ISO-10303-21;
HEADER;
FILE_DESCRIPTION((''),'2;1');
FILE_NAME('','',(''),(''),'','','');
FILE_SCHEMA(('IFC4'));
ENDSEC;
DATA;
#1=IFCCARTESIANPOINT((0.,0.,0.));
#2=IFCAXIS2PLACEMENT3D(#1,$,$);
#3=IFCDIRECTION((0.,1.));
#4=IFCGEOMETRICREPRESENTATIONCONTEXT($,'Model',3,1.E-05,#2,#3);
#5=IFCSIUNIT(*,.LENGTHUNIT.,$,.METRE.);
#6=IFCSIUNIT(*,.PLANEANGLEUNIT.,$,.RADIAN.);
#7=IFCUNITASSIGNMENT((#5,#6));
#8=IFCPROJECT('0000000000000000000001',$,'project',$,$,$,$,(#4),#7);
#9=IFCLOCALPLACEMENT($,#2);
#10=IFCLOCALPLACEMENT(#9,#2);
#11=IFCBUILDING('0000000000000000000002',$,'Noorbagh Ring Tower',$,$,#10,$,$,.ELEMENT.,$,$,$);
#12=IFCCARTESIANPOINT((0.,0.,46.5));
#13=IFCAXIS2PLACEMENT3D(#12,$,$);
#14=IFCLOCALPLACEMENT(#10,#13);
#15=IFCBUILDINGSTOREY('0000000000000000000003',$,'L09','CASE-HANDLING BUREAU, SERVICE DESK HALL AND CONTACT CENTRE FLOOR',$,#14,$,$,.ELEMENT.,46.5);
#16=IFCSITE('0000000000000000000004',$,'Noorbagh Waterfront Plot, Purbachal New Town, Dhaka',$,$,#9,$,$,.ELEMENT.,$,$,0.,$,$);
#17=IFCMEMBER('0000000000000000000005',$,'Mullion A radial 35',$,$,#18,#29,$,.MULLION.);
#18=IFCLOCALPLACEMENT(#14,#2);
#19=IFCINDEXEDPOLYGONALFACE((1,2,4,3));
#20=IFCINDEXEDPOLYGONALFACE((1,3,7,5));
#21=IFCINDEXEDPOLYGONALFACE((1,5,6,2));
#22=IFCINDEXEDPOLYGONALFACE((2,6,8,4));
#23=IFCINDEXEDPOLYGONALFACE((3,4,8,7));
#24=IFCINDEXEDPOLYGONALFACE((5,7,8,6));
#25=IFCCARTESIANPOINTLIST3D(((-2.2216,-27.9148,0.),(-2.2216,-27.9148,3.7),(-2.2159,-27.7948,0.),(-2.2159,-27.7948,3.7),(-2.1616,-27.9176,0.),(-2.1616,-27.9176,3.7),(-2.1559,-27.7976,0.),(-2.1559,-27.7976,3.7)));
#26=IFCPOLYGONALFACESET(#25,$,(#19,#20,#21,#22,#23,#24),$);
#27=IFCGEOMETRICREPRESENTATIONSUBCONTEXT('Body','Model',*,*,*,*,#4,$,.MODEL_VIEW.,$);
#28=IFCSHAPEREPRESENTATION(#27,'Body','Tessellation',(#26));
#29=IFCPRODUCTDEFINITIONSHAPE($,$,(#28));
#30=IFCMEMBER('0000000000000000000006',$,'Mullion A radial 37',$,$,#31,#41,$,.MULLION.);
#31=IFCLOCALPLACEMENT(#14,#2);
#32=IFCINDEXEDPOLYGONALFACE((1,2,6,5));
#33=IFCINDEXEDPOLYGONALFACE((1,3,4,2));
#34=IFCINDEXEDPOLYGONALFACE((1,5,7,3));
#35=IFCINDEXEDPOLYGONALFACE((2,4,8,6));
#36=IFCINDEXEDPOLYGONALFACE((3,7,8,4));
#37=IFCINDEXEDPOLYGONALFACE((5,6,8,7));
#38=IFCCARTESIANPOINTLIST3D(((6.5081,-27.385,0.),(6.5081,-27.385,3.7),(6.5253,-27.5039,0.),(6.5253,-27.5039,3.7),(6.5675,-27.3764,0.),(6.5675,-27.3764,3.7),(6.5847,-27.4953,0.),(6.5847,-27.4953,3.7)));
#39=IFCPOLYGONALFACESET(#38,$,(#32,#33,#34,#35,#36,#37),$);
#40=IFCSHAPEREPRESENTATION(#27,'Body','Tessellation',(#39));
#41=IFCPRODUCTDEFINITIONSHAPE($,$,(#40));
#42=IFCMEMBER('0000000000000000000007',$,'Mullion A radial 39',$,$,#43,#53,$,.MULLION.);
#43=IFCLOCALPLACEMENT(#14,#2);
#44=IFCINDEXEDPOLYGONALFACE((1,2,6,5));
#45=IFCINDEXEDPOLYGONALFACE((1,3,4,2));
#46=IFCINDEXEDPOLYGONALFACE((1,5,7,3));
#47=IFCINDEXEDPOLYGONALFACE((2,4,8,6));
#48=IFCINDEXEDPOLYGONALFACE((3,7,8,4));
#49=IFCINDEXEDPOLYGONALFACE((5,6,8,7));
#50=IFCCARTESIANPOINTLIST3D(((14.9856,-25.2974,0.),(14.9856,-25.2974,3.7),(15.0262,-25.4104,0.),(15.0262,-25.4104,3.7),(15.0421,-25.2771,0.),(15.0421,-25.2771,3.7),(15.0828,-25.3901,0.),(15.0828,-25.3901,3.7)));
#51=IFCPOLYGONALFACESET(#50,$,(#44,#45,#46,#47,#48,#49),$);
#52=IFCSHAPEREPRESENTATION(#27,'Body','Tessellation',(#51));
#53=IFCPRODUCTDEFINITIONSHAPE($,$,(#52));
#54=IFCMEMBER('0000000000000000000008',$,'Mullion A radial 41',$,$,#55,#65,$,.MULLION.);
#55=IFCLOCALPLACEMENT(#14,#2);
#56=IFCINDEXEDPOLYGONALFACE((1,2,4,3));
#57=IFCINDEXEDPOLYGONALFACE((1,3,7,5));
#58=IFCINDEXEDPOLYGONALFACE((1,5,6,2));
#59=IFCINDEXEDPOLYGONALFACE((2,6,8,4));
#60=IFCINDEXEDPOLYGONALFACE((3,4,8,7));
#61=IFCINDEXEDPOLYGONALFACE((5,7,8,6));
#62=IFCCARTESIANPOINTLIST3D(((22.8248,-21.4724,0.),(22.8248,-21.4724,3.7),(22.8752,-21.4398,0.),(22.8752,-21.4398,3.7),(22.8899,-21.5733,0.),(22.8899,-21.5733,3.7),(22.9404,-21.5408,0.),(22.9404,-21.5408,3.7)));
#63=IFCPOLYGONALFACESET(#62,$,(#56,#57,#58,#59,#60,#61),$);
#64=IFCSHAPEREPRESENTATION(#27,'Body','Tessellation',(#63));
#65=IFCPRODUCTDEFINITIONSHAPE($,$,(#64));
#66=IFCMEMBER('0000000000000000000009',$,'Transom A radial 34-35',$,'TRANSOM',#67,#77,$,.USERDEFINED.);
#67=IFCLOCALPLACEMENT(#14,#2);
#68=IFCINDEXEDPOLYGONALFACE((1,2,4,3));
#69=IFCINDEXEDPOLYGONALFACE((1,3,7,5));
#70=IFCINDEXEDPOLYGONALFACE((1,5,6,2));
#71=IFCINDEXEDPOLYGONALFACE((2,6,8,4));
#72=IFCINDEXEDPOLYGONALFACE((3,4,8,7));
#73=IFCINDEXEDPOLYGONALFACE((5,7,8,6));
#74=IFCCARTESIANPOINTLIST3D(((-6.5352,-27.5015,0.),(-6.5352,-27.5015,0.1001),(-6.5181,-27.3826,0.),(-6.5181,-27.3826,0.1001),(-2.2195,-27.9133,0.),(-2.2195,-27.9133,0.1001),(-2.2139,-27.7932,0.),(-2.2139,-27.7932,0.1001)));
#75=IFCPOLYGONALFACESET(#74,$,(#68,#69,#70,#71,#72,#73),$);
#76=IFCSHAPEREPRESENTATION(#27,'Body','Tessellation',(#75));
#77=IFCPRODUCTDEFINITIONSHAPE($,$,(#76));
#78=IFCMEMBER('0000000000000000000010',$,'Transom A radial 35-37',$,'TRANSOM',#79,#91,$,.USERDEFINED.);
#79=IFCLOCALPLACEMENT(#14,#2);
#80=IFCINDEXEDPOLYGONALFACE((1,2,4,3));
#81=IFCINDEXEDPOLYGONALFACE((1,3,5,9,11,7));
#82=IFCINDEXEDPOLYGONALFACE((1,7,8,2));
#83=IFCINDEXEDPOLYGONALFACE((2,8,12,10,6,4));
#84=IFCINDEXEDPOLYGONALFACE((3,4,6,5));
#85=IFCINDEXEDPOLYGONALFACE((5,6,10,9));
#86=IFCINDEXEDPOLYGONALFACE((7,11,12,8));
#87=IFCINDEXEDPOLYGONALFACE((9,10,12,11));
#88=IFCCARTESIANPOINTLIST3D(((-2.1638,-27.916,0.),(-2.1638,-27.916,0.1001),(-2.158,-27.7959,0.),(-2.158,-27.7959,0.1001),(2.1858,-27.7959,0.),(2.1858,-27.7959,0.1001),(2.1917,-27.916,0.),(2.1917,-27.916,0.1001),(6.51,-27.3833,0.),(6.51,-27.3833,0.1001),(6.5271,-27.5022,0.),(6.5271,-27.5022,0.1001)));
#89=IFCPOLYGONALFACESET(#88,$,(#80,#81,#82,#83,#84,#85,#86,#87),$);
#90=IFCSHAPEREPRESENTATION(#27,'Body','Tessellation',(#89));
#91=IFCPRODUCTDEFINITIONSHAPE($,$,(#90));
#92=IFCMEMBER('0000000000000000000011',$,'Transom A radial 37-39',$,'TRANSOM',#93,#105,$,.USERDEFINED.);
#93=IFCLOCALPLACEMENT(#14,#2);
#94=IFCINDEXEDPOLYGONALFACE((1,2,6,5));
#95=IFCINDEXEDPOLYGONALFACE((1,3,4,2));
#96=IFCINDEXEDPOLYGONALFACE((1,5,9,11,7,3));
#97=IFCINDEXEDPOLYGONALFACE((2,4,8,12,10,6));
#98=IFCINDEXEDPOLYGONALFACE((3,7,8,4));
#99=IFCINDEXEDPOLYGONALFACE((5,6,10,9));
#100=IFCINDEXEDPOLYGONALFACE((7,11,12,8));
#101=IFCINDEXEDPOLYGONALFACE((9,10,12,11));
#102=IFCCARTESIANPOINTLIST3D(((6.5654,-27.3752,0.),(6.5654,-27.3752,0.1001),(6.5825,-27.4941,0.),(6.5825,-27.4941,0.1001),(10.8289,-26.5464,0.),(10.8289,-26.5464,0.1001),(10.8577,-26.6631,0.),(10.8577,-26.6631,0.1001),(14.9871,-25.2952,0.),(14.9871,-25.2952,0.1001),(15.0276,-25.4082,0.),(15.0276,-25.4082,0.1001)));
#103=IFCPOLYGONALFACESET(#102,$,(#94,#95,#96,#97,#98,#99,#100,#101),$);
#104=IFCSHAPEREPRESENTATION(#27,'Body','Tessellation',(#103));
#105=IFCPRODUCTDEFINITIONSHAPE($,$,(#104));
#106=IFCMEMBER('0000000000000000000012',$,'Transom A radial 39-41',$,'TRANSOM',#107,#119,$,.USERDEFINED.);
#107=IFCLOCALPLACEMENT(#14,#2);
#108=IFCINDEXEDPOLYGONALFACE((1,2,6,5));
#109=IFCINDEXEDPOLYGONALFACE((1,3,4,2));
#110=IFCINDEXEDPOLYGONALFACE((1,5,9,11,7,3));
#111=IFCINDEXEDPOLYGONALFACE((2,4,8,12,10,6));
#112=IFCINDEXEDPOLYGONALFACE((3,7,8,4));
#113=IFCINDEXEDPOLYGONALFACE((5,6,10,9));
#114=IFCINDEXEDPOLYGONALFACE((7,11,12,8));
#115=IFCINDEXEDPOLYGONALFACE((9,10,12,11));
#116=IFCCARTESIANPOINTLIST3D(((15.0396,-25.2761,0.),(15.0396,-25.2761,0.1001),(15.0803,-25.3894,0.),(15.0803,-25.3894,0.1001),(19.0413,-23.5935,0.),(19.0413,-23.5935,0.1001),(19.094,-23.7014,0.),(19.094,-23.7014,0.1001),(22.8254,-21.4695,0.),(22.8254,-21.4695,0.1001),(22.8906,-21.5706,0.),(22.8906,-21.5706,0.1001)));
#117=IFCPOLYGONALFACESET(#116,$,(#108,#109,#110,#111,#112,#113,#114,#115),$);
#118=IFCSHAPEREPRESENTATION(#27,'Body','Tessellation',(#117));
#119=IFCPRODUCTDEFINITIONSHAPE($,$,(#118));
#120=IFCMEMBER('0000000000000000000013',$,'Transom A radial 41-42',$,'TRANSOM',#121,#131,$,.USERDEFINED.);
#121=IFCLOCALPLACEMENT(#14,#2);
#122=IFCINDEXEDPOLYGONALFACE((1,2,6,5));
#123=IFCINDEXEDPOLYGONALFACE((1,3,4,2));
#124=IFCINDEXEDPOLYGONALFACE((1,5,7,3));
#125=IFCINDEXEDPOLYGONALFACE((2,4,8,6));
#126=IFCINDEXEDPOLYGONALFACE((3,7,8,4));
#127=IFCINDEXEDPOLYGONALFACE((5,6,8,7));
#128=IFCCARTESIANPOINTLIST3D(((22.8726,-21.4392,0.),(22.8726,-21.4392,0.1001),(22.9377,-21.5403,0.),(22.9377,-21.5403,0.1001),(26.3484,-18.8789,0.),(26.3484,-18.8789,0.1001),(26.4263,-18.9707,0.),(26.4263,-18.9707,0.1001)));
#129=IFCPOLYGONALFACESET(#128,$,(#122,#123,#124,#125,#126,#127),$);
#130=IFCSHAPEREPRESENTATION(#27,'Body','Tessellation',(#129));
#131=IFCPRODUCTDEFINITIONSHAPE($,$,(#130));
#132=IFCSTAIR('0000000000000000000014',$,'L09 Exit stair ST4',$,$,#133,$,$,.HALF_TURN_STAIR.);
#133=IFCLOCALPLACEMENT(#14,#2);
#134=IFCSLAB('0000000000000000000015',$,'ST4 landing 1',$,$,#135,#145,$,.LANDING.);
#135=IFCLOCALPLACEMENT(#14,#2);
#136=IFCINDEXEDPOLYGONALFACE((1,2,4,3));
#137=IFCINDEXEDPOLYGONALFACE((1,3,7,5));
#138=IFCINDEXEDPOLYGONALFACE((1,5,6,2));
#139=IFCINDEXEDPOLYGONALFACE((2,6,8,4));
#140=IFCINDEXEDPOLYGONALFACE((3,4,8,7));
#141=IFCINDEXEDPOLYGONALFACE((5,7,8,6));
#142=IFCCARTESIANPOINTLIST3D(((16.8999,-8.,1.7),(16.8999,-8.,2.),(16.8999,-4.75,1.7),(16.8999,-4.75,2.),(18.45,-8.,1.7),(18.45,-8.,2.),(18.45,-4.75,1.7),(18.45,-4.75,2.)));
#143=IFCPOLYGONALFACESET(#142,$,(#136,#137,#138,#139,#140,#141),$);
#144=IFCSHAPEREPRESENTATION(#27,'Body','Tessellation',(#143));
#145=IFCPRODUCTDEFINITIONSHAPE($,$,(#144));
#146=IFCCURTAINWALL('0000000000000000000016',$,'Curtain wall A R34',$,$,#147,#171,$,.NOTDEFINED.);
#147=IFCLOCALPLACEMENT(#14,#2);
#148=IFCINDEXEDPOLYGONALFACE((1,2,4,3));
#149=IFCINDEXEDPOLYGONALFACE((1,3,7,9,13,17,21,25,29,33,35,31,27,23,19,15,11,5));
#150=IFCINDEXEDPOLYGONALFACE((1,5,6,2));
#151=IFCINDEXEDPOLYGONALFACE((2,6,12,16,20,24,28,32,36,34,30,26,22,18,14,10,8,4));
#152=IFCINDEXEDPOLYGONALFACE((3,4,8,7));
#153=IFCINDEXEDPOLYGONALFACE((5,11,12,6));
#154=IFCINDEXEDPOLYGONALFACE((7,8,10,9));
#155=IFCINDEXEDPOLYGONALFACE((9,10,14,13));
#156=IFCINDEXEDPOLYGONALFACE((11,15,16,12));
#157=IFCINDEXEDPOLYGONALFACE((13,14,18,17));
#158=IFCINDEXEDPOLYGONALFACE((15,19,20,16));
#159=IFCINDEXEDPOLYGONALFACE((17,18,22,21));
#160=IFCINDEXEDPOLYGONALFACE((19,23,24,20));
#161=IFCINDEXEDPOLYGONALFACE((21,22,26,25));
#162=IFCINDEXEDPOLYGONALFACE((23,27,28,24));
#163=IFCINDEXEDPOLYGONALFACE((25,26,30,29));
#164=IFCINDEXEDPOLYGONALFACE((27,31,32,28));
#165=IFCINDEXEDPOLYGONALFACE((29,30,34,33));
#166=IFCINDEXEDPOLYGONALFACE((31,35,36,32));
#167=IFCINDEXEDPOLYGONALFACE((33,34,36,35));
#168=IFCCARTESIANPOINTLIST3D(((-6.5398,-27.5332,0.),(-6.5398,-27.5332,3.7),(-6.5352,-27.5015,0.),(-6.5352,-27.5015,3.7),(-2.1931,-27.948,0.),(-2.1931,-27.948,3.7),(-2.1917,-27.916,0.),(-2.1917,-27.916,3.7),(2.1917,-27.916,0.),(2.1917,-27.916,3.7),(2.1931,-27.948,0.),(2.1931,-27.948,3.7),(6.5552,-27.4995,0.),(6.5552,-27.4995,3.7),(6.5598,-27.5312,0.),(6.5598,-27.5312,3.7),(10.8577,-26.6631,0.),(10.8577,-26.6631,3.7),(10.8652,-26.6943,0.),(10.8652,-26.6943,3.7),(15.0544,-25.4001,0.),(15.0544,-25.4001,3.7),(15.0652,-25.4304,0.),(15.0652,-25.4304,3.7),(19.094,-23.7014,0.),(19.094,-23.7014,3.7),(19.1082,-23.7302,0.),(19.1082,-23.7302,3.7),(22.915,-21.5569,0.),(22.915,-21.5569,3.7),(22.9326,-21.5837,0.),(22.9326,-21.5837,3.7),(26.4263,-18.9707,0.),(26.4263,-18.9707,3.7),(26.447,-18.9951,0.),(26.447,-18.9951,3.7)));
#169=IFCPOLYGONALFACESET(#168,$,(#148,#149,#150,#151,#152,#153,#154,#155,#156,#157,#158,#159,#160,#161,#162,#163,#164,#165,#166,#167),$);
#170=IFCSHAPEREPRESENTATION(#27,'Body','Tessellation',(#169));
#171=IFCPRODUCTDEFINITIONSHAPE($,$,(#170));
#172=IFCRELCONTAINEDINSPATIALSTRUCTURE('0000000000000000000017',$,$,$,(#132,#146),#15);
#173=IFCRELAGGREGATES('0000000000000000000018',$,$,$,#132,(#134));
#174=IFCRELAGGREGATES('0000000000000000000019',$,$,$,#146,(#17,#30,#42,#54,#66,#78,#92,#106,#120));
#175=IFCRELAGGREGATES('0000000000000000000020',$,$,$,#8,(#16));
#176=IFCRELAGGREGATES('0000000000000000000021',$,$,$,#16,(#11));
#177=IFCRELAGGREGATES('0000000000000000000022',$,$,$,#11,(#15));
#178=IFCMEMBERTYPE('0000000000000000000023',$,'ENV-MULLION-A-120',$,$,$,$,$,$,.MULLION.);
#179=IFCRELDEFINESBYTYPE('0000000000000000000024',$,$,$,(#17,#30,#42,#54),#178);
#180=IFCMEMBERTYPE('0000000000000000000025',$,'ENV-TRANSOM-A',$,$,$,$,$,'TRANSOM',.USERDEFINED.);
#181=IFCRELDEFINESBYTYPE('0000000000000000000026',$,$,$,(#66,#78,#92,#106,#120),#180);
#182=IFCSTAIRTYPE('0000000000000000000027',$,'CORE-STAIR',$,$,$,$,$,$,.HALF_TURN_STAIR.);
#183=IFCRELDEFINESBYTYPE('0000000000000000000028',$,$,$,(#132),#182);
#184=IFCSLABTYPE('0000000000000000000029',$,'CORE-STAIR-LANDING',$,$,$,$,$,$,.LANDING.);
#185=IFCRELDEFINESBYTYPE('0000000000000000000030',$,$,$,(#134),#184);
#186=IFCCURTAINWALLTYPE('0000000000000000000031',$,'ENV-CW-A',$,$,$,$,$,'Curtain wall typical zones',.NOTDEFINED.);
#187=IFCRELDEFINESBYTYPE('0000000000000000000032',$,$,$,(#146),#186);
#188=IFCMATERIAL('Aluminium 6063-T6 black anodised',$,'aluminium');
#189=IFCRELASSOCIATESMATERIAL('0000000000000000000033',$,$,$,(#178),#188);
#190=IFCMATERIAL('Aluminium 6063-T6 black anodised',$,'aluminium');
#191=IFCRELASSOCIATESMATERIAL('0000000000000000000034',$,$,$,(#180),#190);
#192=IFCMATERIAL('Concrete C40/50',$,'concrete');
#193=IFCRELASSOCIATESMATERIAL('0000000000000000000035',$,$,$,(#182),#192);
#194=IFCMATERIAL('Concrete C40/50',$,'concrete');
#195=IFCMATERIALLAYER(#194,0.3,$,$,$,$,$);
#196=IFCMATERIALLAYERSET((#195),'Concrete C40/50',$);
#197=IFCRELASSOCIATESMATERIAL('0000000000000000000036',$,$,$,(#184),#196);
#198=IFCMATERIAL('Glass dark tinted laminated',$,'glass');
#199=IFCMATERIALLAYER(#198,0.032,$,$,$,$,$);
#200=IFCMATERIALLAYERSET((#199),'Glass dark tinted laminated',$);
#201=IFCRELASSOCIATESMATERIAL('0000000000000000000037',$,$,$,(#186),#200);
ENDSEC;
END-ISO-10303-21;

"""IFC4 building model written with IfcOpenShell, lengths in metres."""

from ifc_helpers import new_model, si_unit, direction, frame, origin, origin_2d, place, context, subcontext, project, spatial, polyline, rectangle, outline, extrude, material, layer, layer_set, material_profile, profile_set, type_object, element, aggregate, save


model = new_model("IFC4")

# Units and contexts
model_context = context("Model", 3, precision=1e-05, world=origin(), true_north=direction((0.0, 1.0)))
body_context = subcontext(model_context, "Body", "Model", "MODEL_VIEW")
ifc_project = project(units=[si_unit("LENGTHUNIT", "METRE"), si_unit("PLANEANGLEUNIT", "RADIAN")], contexts=[model_context])

# Site, building, storey
site_placement = place(None, origin())
site = spatial("IfcSite", under=ifc_project, at=site_placement, Name="Noorbagh Waterfront Plot, Purbachal New Town, Dhaka", CompositionType="ELEMENT", RefElevation=0.0)
building_placement = place(site_placement, origin())
building = spatial("IfcBuilding", under=site, at=building_placement, Name="Noorbagh Ring Tower", CompositionType="ELEMENT")
storey_placement = place(building_placement, frame((0.0, 0.0, 46.5)))
storey = spatial("IfcBuildingStorey", under=building, at=storey_placement, Name="L09", Description="CASE-HANDLING BUREAU, SERVICE DESK HALL AND CONTACT CENTRE FLOOR", CompositionType="ELEMENT", Elevation=46.5)

# Members
ifc_material_1 = material(Name="Aluminium 6063-T6 black anodised", Category="aluminium")
ifc_material_profile_1 = material_profile(ifc_material_1, rectangle(XDim=0.1201, YDim=0.0601, at=origin_2d()), Name="120x60")
ifc_profile_set_1 = profile_set([ifc_material_profile_1], Name="Aluminium 6063-T6 black anodised")
member_type_1 = type_object("IfcMemberType", Name="ENV-MULLION-A-120", PredefinedType="MULLION", material=ifc_profile_set_1)
member_1_placement = place(storey_placement, frame((-2.1887, -27.8562, 0.0), z_axis=(0.0, 0.0, 1.0), x_axis=(0.047558, 0.998868, 0.0)))
member_1 = element("IfcMember", 1, at=member_1_placement, type_object=member_type_1, Name="Mullion A radial 35", PredefinedType="MULLION", context=body_context, shape_type="SweptSolid", body=[
    extrude(rectangle(XDim=0.1201, YDim=0.0601, at=origin_2d()), origin(), (0.0, 0.0, 1.0), 3.7),
])
member_2_placement = place(storey_placement, frame((6.5464, -27.4402, 0.0), z_axis=(0.0, 0.0, 1.0), x_axis=(-0.143082, 0.989711, 0.0)))
member_2 = element("IfcMember", 2, at=member_2_placement, type_object=member_type_1, Name="Mullion A radial 37", PredefinedType="MULLION", context=body_context, shape_type="SweptSolid", body=[
    extrude(rectangle(XDim=0.1201, YDim=0.0601, at=origin_2d()), origin(), (0.0, 0.0, 1.0), 3.7),
])
member_3_placement = place(storey_placement, frame((15.0342, -25.3438, 0.0), z_axis=(0.0, 0.0, 1.0), x_axis=(-0.338379, 0.94101, 0.0)))
member_3 = element("IfcMember", 3, at=member_3_placement, type_object=member_type_1, Name="Mullion A radial 39", PredefinedType="MULLION", context=body_context, shape_type="SweptSolid", body=[
    extrude(rectangle(XDim=0.1201, YDim=0.0601, at=origin_2d()), origin(), (0.0, 0.0, 1.0), 3.7),
])
member_4_placement = place(storey_placement, frame((22.8826, -21.5066, 0.0), z_axis=(0.0, 0.0, 1.0), x_axis=(-0.542279, 0.840198, 0.0)))
member_4 = element("IfcMember", 4, at=member_4_placement, type_object=member_type_1, Name="Mullion A radial 41", PredefinedType="MULLION", context=body_context, shape_type="SweptSolid", body=[
    extrude(rectangle(XDim=0.1201, YDim=0.0601, at=origin_2d()), origin(), (0.0, 0.0, 1.0), 3.7),
])
ifc_material_2 = material(Name="Aluminium 6063-T6 black anodised", Category="aluminium")
member_type_2 = type_object("IfcMemberType", Name="ENV-TRANSOM-A", ElementType="TRANSOM", PredefinedType="USERDEFINED", material=ifc_material_2)
member_5_placement = place(storey_placement, origin())
member_5 = element("IfcMember", 5, at=member_5_placement, type_object=member_type_2, Name="Transom A radial 34-35", ObjectType="TRANSOM", PredefinedType="USERDEFINED", context=body_context, shape_type="SweptSolid", body=[
    extrude(outline(polyline([(-6.5352, -27.5015), (-2.2195, -27.9133), (-2.2139, -27.7932), (-6.5181, -27.3826), (-6.5352, -27.5015)])), origin(), (0.0, 0.0, 1.0), 0.1001),
])
member_6_placement = place(storey_placement, origin())
member_6 = element("IfcMember", 6, at=member_6_placement, type_object=member_type_2, Name="Transom A radial 35-37", ObjectType="TRANSOM", PredefinedType="USERDEFINED", context=body_context, shape_type="SweptSolid", body=[
    extrude(outline(polyline([(-2.1638, -27.916), (2.1917, -27.916), (6.5271, -27.5022), (6.51, -27.3833), (2.1858, -27.7959), (-2.158, -27.7959), (-2.1638, -27.916)])), origin(), (0.0, 0.0, 1.0), 0.1001),
])
member_7_placement = place(storey_placement, origin())
member_7 = element("IfcMember", 7, at=member_7_placement, type_object=member_type_2, Name="Transom A radial 37-39", ObjectType="TRANSOM", PredefinedType="USERDEFINED", context=body_context, shape_type="SweptSolid", body=[
    extrude(outline(polyline([(6.5825, -27.4941), (10.8577, -26.6631), (15.0276, -25.4082), (14.9871, -25.2952), (10.8289, -26.5464), (6.5654, -27.3752), (6.5825, -27.4941)])), origin(), (0.0, 0.0, 1.0), 0.1001),
])
member_8_placement = place(storey_placement, origin())
member_8 = element("IfcMember", 8, at=member_8_placement, type_object=member_type_2, Name="Transom A radial 39-41", ObjectType="TRANSOM", PredefinedType="USERDEFINED", context=body_context, shape_type="SweptSolid", body=[
    extrude(outline(polyline([(15.0803, -25.3894), (19.094, -23.7014), (22.8906, -21.5706), (22.8254, -21.4695), (19.0413, -23.5935), (15.0396, -25.2761), (15.0803, -25.3894)])), origin(), (0.0, 0.0, 1.0), 0.1001),
])
member_9_placement = place(storey_placement, origin())
member_9 = element("IfcMember", 9, at=member_9_placement, type_object=member_type_2, Name="Transom A radial 41-42", ObjectType="TRANSOM", PredefinedType="USERDEFINED", context=body_context, shape_type="SweptSolid", body=[
    extrude(outline(polyline([(22.9377, -21.5403), (26.4263, -18.9707), (26.3484, -18.8789), (22.8726, -21.4392), (22.9377, -21.5403)])), origin(), (0.0, 0.0, 1.0), 0.1001),
])

# Stair, slab
ifc_material_3 = material(Name="Concrete C40/50", Category="concrete")
stair_type = type_object("IfcStairType", Name="CORE-STAIR", PredefinedType="HALF_TURN_STAIR", material=ifc_material_3)
stair_placement = place(storey_placement, origin())
stair = element("IfcStair", 10, at=stair_placement, inside=storey, type_object=stair_type, Name="L09 Exit stair ST4", PredefinedType="HALF_TURN_STAIR")
ifc_material_4 = material(Name="Concrete C40/50", Category="concrete")
ifc_layer_1 = layer(ifc_material_4, 0.3)
ifc_layer_set_1 = layer_set([ifc_layer_1], Name="Concrete C40/50")
slab_type = type_object("IfcSlabType", Name="CORE-STAIR-LANDING", PredefinedType="LANDING", material=ifc_layer_set_1)
slab_placement = place(storey_placement, frame((0.0, 0.0, 1.7)))
slab = element("IfcSlab", 11, at=slab_placement, type_object=slab_type, Name="ST4 landing 1", PredefinedType="LANDING", context=body_context, shape_type="SweptSolid", body=[
    extrude(outline(polyline([(18.45, -4.75), (16.8999, -4.75), (16.8999, -8.0), (18.45, -8.0), (18.45, -4.75)])), origin(), (0.0, 0.0, 1.0), 0.3),
])
aggregate(stair, [slab])

# Curtain wall
ifc_material_5 = material(Name="Glass dark tinted laminated", Category="glass")
ifc_layer_2 = layer(ifc_material_5, 0.032)
ifc_layer_set_2 = layer_set([ifc_layer_2], Name="Glass dark tinted laminated")
curtain_wall_type = type_object("IfcCurtainWallType", Name="ENV-CW-A", ElementType="Curtain wall typical zones", PredefinedType="NOTDEFINED", material=ifc_layer_set_2)
curtain_wall_1_placement = place(storey_placement, origin())
curtain_wall_1 = element("IfcCurtainWall", 12, at=curtain_wall_1_placement, inside=storey, type_object=curtain_wall_type, Name="Curtain wall A R34", PredefinedType="NOTDEFINED", context=body_context, shape_type="SweptSolid", body=[
    extrude(outline(polyline([(-6.5398, -27.5332), (-2.1931, -27.948), (2.1931, -27.948), (6.5598, -27.5312), (10.8652, -26.6943), (15.0652, -25.4304), (19.1082, -23.7302), (22.9326, -21.5837), (26.447, -18.9951), (26.4263, -18.9707), (22.915, -21.5569), (19.094, -23.7014), (15.0544, -25.4001), (10.8577, -26.6631), (6.5552, -27.4995), (2.1917, -27.916), (-2.1917, -27.916), (-6.5352, -27.5015), (-6.5398, -27.5332)])), origin(), (0.0, 0.0, 1.0), 3.7),
])
aggregate(curtain_wall_1, [member_1, member_2, member_3, member_4, member_5, member_6, member_7, member_8, member_9])

save(model, "model.ifc")
